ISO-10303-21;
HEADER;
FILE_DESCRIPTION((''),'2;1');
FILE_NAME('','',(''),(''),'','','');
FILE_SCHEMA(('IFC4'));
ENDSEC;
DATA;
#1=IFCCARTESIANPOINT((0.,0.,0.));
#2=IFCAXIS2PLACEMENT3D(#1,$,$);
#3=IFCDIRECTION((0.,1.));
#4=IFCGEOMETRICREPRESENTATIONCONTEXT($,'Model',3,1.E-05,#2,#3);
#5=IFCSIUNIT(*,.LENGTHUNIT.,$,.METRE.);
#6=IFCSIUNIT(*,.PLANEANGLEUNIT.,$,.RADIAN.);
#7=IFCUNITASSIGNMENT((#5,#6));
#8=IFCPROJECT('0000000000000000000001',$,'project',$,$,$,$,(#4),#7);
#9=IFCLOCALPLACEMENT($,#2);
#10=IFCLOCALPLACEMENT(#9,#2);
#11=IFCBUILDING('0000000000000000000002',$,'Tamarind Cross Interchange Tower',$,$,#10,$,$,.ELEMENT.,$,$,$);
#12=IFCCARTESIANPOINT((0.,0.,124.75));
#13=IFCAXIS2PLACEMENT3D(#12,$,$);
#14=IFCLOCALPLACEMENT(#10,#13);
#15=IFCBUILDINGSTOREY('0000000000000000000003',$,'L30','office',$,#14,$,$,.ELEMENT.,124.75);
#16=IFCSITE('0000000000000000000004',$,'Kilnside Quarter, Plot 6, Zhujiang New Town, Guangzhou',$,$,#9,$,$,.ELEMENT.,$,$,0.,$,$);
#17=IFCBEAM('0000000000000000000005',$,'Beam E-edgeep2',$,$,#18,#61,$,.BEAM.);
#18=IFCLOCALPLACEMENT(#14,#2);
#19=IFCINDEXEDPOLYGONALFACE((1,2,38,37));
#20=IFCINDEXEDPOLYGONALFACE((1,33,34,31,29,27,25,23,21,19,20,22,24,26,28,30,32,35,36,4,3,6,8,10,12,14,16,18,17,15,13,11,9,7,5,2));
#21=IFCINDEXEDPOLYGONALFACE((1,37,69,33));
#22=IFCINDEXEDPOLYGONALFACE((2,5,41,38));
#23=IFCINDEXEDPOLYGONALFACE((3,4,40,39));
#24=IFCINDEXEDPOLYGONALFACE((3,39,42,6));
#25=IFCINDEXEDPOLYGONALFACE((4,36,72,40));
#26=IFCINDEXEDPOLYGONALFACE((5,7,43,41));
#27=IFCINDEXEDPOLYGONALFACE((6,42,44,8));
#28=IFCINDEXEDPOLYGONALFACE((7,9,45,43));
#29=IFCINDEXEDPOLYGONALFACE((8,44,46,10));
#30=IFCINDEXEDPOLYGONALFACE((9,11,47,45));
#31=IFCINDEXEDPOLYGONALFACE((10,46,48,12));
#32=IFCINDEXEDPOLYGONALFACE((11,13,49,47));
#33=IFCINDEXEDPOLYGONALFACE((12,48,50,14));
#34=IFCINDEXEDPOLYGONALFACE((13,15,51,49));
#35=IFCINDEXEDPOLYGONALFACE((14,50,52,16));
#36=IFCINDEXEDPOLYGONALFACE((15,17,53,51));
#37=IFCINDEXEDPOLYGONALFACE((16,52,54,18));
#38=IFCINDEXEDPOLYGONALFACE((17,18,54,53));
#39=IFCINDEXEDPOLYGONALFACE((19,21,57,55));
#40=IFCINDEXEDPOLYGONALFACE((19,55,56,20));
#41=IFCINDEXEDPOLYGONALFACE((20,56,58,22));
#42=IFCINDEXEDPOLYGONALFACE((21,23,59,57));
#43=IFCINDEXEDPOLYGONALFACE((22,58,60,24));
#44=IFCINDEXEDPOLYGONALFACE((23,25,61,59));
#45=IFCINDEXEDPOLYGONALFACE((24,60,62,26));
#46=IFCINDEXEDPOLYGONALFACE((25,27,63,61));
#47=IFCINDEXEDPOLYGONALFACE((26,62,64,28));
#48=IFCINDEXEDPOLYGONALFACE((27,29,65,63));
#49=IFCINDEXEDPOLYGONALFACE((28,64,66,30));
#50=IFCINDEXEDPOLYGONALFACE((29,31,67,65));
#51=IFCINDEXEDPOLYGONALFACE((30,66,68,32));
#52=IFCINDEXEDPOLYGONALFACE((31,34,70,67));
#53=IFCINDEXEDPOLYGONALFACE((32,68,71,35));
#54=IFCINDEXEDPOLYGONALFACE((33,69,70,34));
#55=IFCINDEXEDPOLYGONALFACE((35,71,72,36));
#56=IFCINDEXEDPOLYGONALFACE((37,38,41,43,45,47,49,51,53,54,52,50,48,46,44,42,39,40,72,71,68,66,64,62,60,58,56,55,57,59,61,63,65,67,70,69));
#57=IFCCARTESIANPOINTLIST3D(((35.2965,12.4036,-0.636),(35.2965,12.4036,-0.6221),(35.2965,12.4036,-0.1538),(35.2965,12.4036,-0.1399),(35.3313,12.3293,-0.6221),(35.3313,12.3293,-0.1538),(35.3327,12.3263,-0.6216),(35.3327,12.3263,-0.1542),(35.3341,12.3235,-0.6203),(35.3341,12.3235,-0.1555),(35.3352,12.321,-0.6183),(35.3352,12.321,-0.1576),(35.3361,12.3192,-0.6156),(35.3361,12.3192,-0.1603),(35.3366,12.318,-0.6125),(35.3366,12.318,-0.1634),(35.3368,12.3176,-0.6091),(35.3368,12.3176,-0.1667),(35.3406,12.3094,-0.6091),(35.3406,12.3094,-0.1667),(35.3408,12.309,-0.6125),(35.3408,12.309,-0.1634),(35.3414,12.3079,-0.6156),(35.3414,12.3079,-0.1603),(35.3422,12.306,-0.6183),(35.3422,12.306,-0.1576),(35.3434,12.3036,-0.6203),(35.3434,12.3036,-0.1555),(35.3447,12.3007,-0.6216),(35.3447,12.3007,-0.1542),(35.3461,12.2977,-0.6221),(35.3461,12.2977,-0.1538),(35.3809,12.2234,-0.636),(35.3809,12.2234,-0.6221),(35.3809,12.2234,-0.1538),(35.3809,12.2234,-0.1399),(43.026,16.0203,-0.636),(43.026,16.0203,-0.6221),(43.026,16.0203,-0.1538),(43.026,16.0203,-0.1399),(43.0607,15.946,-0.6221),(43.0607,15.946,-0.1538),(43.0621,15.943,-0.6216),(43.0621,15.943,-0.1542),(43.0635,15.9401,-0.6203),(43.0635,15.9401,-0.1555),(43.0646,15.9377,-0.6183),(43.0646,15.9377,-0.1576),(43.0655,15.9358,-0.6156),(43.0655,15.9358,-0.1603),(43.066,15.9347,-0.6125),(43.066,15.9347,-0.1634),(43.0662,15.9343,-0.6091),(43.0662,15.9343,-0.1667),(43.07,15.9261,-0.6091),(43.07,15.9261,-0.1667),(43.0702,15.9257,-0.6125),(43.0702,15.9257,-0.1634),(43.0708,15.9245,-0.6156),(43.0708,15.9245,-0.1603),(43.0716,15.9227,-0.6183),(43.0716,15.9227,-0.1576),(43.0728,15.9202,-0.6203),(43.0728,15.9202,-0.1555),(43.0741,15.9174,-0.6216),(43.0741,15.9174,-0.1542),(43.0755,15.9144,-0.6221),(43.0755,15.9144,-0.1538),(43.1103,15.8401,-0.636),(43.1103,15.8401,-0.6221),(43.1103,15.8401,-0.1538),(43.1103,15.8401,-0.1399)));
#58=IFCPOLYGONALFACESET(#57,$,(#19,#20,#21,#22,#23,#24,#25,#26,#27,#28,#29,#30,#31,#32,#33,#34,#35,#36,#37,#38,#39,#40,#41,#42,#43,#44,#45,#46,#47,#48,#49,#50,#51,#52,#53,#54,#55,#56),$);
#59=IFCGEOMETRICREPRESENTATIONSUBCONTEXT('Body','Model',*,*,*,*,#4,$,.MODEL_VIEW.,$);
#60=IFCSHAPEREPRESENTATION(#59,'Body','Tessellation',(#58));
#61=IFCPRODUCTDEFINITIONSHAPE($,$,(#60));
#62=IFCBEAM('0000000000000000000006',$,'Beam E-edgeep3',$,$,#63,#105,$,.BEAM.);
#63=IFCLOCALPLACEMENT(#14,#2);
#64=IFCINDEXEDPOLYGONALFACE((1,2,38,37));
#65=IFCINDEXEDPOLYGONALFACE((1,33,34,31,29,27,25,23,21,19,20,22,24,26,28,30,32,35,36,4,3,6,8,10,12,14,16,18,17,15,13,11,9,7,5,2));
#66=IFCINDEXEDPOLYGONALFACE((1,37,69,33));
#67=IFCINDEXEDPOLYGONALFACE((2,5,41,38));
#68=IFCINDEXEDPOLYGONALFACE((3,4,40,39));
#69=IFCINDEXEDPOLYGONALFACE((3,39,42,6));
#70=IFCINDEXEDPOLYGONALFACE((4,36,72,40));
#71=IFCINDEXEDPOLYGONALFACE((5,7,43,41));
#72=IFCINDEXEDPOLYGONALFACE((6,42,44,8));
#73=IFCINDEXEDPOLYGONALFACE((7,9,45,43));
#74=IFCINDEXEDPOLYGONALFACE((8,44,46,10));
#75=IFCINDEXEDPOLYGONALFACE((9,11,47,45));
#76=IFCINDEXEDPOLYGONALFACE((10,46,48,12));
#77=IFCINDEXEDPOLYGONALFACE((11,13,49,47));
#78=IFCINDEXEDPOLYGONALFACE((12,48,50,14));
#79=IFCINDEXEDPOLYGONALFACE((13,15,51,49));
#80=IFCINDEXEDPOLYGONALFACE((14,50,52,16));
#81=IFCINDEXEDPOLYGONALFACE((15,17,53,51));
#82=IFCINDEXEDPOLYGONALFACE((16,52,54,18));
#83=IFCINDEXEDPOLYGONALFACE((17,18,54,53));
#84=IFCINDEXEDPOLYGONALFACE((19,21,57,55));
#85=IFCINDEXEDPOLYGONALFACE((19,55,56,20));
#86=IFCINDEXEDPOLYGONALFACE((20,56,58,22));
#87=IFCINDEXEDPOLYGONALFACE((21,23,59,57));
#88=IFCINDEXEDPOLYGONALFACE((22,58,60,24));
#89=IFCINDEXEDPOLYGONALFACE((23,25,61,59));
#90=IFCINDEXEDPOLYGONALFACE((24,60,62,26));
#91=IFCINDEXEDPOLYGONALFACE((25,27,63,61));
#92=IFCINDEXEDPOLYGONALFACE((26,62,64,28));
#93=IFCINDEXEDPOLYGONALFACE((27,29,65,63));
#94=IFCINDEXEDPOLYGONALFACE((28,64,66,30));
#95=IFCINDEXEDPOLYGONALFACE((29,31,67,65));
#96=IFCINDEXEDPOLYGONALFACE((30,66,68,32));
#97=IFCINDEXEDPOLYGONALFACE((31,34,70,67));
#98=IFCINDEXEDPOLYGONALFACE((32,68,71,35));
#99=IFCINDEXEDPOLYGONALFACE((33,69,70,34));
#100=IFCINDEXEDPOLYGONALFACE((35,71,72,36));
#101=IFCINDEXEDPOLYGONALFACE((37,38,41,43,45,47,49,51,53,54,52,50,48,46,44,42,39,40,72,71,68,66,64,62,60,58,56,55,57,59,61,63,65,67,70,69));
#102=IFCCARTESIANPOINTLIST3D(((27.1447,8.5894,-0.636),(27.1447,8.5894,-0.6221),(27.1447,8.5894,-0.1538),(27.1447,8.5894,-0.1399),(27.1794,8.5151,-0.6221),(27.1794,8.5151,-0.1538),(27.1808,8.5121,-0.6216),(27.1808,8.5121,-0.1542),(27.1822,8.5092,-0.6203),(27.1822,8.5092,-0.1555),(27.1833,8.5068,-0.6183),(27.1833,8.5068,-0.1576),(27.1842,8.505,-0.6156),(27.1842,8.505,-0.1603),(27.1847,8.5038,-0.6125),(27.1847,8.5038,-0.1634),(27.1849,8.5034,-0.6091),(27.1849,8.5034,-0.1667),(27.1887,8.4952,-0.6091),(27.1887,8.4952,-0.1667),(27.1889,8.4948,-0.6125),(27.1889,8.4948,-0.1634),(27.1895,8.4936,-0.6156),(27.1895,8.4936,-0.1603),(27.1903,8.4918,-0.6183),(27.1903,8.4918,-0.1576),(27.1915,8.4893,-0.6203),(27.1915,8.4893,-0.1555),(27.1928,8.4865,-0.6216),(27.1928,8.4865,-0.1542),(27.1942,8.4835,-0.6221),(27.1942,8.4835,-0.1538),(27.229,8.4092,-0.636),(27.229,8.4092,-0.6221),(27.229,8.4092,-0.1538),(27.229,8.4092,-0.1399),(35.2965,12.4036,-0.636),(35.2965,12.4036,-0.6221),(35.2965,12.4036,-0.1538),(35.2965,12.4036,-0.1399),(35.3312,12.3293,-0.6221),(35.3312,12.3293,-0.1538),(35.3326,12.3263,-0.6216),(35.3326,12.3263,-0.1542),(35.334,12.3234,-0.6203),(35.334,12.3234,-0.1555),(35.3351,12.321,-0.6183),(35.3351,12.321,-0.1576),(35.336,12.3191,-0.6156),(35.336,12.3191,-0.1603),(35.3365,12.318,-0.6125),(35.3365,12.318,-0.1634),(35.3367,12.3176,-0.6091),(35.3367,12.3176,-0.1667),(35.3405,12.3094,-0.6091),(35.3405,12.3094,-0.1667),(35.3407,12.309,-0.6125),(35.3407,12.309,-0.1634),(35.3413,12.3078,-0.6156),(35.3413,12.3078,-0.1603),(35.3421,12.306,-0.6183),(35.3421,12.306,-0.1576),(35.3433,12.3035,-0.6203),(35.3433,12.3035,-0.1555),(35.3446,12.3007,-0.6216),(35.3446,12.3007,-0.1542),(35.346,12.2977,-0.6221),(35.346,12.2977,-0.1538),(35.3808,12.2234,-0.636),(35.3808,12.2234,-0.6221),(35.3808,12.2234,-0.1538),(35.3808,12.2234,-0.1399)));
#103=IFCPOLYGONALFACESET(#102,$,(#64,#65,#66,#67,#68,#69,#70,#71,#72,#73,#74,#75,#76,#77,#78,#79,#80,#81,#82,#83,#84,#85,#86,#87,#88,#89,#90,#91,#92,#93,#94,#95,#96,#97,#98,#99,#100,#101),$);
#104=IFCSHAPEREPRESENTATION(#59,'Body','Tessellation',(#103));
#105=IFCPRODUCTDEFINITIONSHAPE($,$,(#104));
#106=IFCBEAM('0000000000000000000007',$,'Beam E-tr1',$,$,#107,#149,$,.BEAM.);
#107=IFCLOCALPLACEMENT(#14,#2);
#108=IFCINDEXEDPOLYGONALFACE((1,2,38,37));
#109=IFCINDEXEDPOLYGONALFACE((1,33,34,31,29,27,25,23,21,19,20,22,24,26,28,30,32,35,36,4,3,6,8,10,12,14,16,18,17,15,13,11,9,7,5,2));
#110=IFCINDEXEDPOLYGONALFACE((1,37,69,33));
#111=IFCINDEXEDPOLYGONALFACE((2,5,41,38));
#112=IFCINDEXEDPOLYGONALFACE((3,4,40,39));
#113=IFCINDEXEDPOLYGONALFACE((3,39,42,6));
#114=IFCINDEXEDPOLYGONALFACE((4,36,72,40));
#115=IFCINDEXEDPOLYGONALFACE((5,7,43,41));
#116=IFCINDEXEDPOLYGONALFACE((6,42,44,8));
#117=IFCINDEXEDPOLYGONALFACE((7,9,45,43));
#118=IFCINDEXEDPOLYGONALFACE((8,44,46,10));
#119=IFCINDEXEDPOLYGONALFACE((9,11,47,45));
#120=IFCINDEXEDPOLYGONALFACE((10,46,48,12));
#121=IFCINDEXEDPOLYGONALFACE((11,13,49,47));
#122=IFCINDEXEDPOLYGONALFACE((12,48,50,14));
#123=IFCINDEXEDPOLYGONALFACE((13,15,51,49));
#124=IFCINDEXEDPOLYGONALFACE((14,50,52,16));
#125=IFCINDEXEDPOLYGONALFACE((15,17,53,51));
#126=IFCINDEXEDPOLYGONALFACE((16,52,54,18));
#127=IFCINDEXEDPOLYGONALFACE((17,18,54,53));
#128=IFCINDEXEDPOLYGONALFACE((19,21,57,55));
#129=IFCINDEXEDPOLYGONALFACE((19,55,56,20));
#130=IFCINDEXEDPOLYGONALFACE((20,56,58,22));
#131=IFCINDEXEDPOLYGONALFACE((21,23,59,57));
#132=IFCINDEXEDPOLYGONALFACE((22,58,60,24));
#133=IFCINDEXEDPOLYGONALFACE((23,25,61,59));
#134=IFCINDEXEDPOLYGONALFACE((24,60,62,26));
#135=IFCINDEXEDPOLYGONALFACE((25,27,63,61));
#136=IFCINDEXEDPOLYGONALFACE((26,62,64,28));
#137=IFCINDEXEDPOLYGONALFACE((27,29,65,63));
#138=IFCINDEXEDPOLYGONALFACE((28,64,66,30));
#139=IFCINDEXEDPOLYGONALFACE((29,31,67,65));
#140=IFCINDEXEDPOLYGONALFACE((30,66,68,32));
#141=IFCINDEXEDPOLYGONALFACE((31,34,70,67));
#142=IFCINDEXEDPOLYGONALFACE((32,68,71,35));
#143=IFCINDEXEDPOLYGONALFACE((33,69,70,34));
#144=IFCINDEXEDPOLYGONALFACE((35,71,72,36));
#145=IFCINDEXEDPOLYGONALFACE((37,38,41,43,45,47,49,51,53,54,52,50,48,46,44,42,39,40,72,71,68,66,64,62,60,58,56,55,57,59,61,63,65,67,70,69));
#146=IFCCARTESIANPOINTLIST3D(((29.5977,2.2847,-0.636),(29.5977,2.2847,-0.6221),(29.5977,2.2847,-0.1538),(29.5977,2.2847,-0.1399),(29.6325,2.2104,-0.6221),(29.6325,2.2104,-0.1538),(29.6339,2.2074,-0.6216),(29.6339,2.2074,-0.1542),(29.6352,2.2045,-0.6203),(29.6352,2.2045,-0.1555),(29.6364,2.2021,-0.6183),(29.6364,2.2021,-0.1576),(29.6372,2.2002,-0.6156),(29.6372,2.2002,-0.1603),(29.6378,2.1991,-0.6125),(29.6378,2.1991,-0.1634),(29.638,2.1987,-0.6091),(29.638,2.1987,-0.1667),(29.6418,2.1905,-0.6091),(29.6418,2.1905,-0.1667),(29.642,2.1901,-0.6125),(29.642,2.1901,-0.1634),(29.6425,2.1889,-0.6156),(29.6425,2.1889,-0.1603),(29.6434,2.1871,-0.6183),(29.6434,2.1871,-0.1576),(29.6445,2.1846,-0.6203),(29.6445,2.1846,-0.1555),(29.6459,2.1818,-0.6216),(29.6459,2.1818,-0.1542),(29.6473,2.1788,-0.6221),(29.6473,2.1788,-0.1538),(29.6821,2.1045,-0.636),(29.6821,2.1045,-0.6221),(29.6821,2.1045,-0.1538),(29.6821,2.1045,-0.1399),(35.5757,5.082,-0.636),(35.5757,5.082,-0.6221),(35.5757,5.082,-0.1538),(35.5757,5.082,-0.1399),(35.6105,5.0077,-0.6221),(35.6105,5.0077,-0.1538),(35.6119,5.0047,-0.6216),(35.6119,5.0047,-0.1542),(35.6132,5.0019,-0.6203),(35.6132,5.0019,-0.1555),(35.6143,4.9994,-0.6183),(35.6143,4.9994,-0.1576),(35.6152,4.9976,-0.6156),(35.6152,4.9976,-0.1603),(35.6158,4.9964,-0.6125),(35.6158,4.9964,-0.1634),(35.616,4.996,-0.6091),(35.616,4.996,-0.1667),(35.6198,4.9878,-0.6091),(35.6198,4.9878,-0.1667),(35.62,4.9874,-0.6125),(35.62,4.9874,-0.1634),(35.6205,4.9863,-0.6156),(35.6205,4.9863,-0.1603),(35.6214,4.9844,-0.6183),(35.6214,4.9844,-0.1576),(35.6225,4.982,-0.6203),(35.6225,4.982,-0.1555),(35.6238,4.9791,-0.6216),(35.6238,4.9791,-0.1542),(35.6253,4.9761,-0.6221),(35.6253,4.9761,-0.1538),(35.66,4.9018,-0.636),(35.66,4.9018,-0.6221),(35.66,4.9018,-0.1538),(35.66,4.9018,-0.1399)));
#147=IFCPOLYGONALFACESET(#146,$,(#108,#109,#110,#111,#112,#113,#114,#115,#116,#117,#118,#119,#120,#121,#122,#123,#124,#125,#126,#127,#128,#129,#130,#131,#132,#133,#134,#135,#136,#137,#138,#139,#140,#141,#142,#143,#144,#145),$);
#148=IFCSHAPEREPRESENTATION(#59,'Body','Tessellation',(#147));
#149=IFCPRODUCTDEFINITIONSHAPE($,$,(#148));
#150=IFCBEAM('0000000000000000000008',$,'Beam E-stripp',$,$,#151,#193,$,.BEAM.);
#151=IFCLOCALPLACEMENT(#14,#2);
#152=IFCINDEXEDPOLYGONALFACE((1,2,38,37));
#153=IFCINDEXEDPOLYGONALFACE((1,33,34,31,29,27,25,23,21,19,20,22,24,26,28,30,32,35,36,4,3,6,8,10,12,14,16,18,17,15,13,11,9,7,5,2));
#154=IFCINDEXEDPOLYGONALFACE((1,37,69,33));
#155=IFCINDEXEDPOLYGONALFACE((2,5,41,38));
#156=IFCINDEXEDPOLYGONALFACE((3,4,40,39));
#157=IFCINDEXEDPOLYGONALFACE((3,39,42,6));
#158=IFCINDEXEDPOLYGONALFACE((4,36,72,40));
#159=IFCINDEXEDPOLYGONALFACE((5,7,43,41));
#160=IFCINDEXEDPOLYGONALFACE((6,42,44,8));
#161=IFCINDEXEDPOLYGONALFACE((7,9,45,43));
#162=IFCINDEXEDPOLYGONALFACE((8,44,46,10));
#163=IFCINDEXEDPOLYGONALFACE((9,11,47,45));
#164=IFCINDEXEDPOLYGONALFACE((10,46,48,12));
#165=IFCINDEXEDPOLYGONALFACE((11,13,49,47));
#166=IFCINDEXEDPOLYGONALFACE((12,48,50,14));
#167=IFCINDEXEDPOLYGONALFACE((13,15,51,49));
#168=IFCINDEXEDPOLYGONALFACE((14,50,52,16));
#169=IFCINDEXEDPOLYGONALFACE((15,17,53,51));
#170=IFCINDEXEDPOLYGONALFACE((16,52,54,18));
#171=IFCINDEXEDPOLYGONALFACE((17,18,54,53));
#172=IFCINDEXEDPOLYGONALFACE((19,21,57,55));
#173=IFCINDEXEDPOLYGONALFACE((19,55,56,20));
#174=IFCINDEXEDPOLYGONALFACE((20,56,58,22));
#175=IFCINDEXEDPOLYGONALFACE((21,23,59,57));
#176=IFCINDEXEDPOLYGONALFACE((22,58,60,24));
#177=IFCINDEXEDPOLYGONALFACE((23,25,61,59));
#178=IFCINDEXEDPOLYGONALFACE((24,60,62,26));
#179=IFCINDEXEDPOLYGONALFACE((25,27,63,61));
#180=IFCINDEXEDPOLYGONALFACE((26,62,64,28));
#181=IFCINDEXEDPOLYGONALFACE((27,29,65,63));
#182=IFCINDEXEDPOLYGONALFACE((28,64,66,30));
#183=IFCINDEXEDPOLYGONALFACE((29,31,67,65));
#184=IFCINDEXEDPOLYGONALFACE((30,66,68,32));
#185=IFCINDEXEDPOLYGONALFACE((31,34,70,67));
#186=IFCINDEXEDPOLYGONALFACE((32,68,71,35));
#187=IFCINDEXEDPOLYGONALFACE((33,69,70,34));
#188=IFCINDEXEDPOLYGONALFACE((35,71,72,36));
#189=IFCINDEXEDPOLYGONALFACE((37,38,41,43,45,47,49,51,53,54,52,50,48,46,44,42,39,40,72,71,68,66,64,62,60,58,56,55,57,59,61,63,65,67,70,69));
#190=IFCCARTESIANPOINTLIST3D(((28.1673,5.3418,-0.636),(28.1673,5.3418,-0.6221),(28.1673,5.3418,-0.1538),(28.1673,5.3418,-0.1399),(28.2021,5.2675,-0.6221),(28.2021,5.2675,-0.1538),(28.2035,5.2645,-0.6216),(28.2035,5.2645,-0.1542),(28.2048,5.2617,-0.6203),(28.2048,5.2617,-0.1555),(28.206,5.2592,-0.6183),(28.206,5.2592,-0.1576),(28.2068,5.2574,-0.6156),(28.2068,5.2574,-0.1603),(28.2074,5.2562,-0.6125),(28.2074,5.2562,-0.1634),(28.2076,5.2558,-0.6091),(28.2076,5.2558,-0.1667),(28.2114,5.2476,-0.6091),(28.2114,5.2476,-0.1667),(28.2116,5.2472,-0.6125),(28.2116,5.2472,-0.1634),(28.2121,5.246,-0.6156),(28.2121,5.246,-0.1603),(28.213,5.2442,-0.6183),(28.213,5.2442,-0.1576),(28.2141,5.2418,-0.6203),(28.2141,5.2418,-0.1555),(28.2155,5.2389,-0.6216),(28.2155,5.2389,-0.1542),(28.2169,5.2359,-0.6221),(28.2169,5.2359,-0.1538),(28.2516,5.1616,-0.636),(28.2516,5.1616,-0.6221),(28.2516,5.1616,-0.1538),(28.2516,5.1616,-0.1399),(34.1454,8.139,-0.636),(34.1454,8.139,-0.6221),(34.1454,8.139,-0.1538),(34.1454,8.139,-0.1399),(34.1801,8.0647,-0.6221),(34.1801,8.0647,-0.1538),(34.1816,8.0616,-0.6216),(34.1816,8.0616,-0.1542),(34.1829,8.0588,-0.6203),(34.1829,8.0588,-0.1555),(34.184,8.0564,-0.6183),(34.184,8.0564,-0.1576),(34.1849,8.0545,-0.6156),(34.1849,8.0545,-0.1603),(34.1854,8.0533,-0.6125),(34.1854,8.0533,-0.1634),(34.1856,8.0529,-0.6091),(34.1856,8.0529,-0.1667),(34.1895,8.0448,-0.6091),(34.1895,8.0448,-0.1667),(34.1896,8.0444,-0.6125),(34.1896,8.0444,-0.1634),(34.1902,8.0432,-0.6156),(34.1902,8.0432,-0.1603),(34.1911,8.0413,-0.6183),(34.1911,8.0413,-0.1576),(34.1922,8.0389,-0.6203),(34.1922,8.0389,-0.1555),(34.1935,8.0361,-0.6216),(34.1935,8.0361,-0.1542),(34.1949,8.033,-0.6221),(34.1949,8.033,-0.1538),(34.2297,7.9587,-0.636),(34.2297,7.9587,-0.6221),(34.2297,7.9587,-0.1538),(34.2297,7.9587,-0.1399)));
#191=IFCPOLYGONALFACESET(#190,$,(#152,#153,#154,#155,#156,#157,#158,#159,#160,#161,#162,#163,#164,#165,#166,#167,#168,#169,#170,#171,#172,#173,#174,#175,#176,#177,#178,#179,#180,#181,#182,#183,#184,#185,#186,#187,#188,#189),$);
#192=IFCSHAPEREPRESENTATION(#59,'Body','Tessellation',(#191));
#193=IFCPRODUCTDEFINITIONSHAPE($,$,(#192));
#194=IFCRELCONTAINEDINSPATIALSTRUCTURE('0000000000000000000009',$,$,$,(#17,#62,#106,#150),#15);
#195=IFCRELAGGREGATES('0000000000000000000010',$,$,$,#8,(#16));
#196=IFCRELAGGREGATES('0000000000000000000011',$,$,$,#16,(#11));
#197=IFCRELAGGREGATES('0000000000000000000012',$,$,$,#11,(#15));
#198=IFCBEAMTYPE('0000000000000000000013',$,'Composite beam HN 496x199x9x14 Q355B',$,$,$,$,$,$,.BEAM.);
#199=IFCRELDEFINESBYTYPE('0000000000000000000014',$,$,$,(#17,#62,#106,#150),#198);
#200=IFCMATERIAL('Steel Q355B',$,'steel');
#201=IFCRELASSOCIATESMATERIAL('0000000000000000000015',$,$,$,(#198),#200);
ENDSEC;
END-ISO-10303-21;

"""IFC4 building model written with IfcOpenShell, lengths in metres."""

from ifc_helpers import new_model, si_unit, direction, frame, origin, origin_2d, place, context, subcontext, project, spatial, i_section, extrude, material, material_profile, profile_set, type_object, element, save


model = new_model("IFC4")

# Units and contexts
model_context = context("Model", 3, precision=1e-05, world=origin(), true_north=direction((0.0, 1.0)))
body_context = subcontext(model_context, "Body", "Model", "MODEL_VIEW")
ifc_project = project(units=[si_unit("LENGTHUNIT", "METRE"), si_unit("PLANEANGLEUNIT", "RADIAN")], contexts=[model_context])

# Site, building, storey
site_placement = place(None, origin())
site = spatial("IfcSite", under=ifc_project, at=site_placement, Name="Kilnside Quarter, Plot 6, Zhujiang New Town, Guangzhou", CompositionType="ELEMENT", RefElevation=0.0)
building_placement = place(site_placement, origin())
building = spatial("IfcBuilding", under=site, at=building_placement, Name="Tamarind Cross Interchange Tower", CompositionType="ELEMENT")
storey_placement = place(building_placement, frame((0.0, 0.0, 124.75)))
storey = spatial("IfcBuildingStorey", under=building, at=storey_placement, Name="L30", Description="office", CompositionType="ELEMENT", Elevation=124.75)

# Beams
ifc_material_1 = material(Name="Steel Q355B", Category="steel")
ifc_material_profile_1 = material_profile(ifc_material_1, i_section(OverallWidth=0.199, OverallDepth=0.4961, WebThickness=0.009, FlangeThickness=0.0139, FilletRadius=0.0129, at=origin_2d()), Name="HN 496x199x9x14")
ifc_profile_set_1 = profile_set([ifc_material_profile_1], Name="Steel Q355B")
beam_type_1 = type_object("IfcBeamType", Name="Composite beam HN 496x199x9x14 Q355B", PredefinedType="BEAM", material=ifc_profile_set_1)
beam_1_placement = place(storey_placement, frame((43.0681, 15.9302, -0.3879), z_axis=(-0.905751, -0.423809, 0.0), x_axis=(0.423809, -0.905751, 0.0)))
element("IfcBeam", 1, at=beam_1_placement, inside=storey, type_object=beam_type_1, Name="Beam E-edgeep2", PredefinedType="BEAM", context=body_context, shape_type="SweptSolid", body=[
    extrude(i_section(OverallWidth=0.199, OverallDepth=0.4961, WebThickness=0.009, FlangeThickness=0.0139, FilletRadius=0.0129, at=origin_2d()), origin(), (0.0, 0.0, 1.0), 8.5337),
])
beam_2_placement = place(storey_placement, frame((35.3386, 12.3135, -0.3879), z_axis=(-0.905756, -0.423799, 0.0), x_axis=(0.423799, -0.905756, 0.0)))
element("IfcBeam", 2, at=beam_2_placement, inside=storey, type_object=beam_type_1, Name="Beam E-edgeep3", PredefinedType="BEAM", context=body_context, shape_type="SweptSolid", body=[
    extrude(i_section(OverallWidth=0.199, OverallDepth=0.4961, WebThickness=0.009, FlangeThickness=0.0139, FilletRadius=0.0129, at=origin_2d()), origin(), (0.0, 0.0, 1.0), 9.0),
])
for number, where, z_axis, x_axis, name in (
    (3, (29.6399, 2.1946, -0.3879), (0.90574, 0.423833, 0.0), (-0.423833, 0.90574, 0.0), "Beam E-tr1"),
    (4, (28.2095, 5.2517, -0.3879), (0.905755, 0.423803, 0.0), (-0.423803, 0.905755, 0.0), "Beam E-stripp"),
):
    element("IfcBeam", number, at=place(storey_placement, frame(where, z_axis=z_axis, x_axis=x_axis)), inside=storey, type_object=beam_type_1, Name=name, PredefinedType="BEAM", context=body_context, shape_type="SweptSolid", body=[
        extrude(i_section(OverallWidth=0.199, OverallDepth=0.4961, WebThickness=0.009, FlangeThickness=0.0139, FilletRadius=0.0129, at=origin_2d()), origin(), (0.0, 0.0, 1.0), 6.6001),
    ])

save(model, "model.ifc")
